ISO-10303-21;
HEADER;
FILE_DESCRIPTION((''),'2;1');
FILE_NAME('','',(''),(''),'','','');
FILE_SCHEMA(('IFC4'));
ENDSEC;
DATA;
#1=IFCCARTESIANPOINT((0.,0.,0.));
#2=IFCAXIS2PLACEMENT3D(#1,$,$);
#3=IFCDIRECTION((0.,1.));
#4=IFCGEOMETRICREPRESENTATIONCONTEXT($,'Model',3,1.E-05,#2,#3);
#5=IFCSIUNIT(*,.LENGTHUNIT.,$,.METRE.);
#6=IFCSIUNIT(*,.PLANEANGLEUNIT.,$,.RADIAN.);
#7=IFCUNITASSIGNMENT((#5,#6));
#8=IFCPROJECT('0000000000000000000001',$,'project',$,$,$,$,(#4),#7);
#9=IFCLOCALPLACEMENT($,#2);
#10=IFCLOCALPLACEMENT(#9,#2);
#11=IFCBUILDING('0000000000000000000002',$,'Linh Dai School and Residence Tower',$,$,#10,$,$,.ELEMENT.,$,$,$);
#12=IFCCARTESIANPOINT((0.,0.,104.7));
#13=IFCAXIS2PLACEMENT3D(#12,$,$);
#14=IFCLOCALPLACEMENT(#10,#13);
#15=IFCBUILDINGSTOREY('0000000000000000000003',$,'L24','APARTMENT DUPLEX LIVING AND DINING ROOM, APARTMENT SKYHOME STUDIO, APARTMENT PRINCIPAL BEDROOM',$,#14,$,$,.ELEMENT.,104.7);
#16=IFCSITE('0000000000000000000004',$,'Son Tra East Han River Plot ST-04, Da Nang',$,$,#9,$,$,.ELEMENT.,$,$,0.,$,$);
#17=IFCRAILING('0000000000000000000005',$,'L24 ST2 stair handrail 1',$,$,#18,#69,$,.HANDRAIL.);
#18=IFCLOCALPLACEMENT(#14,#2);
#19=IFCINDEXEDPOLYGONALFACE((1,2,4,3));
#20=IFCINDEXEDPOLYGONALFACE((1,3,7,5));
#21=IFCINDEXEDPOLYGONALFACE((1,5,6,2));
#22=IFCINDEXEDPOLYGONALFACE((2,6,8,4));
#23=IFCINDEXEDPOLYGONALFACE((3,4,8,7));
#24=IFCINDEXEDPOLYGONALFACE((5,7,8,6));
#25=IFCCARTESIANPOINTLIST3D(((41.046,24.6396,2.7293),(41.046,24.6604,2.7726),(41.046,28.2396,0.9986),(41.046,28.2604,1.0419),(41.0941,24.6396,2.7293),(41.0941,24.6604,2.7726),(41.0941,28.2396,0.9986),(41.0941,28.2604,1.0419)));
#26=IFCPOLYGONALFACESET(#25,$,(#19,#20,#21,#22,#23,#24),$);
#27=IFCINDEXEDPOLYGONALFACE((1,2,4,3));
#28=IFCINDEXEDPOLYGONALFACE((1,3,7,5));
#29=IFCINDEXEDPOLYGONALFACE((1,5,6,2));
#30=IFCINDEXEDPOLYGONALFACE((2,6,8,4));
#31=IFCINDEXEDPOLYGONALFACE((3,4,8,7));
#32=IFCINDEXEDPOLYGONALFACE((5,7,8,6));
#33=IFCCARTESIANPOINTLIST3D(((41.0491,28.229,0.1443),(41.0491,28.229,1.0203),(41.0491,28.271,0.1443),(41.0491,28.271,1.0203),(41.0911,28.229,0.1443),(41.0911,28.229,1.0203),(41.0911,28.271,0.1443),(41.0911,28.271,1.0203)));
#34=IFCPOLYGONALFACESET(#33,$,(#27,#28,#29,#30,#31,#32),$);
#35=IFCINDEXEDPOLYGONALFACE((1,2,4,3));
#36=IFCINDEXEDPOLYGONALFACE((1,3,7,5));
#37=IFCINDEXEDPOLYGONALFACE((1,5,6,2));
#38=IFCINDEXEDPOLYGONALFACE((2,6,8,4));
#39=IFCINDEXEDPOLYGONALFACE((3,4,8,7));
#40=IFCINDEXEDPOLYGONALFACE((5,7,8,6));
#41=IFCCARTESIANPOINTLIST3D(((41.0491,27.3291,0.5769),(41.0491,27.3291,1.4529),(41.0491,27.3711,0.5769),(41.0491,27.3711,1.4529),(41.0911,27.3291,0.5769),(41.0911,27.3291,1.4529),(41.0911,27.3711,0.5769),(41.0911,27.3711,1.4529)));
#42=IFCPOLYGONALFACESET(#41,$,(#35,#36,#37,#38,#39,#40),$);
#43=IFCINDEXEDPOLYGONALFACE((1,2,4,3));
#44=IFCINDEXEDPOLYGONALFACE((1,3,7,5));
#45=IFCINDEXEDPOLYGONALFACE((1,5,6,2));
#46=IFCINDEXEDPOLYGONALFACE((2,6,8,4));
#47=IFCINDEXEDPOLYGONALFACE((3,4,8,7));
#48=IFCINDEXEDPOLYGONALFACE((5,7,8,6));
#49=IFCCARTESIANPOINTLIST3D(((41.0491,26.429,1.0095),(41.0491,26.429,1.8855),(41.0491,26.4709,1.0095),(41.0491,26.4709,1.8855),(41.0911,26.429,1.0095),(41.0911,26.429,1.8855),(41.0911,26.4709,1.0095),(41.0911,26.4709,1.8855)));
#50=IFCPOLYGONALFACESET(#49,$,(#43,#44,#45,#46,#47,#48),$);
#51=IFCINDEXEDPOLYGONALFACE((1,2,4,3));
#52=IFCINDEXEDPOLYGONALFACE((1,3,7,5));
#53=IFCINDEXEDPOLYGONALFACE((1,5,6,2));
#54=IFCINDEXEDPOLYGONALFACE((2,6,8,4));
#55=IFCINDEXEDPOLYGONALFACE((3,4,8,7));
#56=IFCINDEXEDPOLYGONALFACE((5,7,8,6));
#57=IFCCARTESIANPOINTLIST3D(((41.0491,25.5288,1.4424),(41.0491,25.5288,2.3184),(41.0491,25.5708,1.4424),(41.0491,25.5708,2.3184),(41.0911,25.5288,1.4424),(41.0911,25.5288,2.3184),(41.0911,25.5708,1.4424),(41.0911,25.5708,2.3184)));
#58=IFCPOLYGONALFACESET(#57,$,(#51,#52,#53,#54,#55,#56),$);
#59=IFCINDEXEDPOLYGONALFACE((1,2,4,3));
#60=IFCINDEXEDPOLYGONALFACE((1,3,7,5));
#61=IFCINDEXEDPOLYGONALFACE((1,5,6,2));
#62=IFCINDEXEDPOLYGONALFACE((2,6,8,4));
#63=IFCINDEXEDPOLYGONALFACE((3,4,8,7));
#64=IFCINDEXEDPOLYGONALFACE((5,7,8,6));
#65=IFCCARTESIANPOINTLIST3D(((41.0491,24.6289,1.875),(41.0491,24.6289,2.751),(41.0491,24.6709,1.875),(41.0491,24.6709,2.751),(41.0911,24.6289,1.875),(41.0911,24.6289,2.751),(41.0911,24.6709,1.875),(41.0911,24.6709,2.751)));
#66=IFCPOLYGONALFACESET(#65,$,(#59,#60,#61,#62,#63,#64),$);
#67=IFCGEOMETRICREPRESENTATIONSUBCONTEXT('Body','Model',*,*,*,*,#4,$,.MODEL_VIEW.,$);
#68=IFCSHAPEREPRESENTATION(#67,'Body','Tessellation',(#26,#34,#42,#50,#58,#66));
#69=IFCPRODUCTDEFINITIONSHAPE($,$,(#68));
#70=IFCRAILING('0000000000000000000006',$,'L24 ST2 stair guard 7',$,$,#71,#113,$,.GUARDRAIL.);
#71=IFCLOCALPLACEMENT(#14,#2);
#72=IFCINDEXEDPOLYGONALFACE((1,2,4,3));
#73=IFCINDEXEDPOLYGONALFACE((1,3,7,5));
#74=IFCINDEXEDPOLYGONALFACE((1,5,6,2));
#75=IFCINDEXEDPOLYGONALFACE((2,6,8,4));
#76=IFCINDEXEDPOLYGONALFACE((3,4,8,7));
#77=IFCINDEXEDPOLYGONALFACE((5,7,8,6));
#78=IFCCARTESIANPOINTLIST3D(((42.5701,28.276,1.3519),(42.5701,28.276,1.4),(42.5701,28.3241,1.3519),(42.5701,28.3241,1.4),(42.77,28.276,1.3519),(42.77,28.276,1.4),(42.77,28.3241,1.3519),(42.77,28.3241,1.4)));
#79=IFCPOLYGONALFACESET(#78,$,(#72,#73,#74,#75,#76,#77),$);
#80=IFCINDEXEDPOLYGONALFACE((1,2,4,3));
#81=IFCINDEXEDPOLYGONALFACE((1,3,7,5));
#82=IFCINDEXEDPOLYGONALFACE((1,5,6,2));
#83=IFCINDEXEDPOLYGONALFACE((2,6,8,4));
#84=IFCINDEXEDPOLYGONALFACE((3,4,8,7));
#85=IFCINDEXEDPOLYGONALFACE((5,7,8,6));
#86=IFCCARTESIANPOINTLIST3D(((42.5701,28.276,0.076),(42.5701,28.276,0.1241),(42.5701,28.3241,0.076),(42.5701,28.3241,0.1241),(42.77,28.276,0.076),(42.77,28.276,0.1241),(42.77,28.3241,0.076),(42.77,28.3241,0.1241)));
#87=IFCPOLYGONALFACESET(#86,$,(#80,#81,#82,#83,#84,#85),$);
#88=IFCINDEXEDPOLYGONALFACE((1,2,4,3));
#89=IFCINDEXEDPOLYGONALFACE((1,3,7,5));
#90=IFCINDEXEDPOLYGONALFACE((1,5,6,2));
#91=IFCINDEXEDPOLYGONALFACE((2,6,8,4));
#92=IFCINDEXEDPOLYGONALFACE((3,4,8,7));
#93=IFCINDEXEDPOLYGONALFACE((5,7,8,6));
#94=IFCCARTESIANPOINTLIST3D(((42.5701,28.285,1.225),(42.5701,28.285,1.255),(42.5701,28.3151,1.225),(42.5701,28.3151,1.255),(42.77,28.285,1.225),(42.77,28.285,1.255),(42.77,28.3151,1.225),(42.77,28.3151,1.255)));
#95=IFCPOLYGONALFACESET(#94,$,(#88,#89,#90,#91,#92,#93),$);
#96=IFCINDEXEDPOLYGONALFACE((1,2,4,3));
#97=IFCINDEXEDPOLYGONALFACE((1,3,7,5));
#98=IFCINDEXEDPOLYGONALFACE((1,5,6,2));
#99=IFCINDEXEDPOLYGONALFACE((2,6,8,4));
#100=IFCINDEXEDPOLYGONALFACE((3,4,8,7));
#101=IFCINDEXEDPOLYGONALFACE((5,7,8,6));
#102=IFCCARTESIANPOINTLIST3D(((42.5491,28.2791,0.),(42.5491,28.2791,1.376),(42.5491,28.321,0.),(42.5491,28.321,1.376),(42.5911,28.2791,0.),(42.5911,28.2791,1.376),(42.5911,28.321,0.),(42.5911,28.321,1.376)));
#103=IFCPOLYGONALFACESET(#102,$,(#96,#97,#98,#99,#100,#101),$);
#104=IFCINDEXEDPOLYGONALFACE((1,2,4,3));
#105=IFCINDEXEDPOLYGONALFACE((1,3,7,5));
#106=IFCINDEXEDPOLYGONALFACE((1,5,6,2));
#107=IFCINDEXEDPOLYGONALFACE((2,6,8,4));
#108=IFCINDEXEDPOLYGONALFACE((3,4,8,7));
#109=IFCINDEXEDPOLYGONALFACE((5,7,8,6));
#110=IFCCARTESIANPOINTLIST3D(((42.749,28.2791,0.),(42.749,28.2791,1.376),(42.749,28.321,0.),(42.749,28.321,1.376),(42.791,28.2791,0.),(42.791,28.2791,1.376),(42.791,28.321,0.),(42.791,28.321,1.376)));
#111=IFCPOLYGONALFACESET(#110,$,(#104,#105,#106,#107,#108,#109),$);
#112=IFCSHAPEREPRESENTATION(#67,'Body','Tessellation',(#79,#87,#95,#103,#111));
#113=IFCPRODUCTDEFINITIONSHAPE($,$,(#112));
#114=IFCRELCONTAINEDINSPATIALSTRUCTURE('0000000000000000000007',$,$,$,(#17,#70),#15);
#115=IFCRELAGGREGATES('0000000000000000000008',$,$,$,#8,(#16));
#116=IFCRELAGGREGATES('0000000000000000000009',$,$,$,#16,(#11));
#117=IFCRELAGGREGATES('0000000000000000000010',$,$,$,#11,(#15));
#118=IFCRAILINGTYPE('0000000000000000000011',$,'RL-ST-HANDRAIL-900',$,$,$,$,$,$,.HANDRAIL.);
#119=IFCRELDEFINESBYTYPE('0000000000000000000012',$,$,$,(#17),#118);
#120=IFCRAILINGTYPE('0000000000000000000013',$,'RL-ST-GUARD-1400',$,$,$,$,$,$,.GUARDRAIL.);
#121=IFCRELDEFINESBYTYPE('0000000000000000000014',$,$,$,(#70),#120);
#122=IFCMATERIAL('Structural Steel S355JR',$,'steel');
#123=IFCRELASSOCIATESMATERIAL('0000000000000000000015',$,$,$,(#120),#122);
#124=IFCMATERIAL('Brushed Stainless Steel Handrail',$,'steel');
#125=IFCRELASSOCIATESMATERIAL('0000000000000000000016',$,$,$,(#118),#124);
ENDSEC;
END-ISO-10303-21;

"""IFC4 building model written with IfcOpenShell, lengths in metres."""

from ifc_helpers import new_model, si_unit, direction, frame, origin, origin_2d, place, context, subcontext, project, spatial, rectangle, extrude, source, transform, mapped, material, type_object, element, save


model = new_model("IFC4")

# Units and contexts
model_context = context("Model", 3, precision=1e-05, world=origin(), true_north=direction((0.0, 1.0)))
body_context = subcontext(model_context, "Body", "Model", "MODEL_VIEW")
ifc_project = project(units=[si_unit("LENGTHUNIT", "METRE"), si_unit("PLANEANGLEUNIT", "RADIAN")], contexts=[model_context])

# Site, building, storey
site_placement = place(None, origin())
site = spatial("IfcSite", under=ifc_project, at=site_placement, Name="Son Tra East Han River Plot ST-04, Da Nang", CompositionType="ELEMENT", RefElevation=0.0)
building_placement = place(site_placement, origin())
building = spatial("IfcBuilding", under=site, at=building_placement, Name="Linh Dai School and Residence Tower", CompositionType="ELEMENT")
storey_placement = place(building_placement, frame((0.0, 0.0, 104.7)))
storey = spatial("IfcBuildingStorey", under=building, at=storey_placement, Name="L24", Description="APARTMENT DUPLEX LIVING AND DINING ROOM, APARTMENT SKYHOME STUDIO, APARTMENT PRINCIPAL BEDROOM", CompositionType="ELEMENT", Elevation=104.7)

# Shared definitions
ifc_material_1 = material(Name="Structural Steel S355JR", Category="steel")

# Railings
railing_type_1 = type_object("IfcRailingType", Name="RL-ST-GUARD-1400", PredefinedType="GUARDRAIL", material=ifc_material_1)
ifc_material_2 = material(Name="Brushed Stainless Steel Handrail", Category="steel")
railing_type_2 = type_object("IfcRailingType", Name="RL-ST-HANDRAIL-900", PredefinedType="HANDRAIL", material=ifc_material_2)
shared_shape_1 = source(origin(), body_context, "Body", "SweptSolid", [
    extrude(rectangle(XDim=0.0481, YDim=0.0481, at=origin_2d()), frame((0.0, 0.0, 0.876), z_axis=(0.0, -0.901263, 0.433273), x_axis=(1.0, 0.0, 0.0)), (0.0, 0.0, 1.0), 3.9944),
    extrude(rectangle(XDim=0.042, YDim=0.042, at=origin_2d()), origin(), (0.0, 0.0, 1.0), 0.876),
    extrude(rectangle(XDim=0.042, YDim=0.042, at=origin_2d()), frame((0.0, -0.8999, 0.4326)), (0.0, 0.0, 1.0), 0.876),
    extrude(rectangle(XDim=0.042, YDim=0.042, at=origin_2d()), frame((0.0, -1.8, 0.8652)), (0.0, 0.0, 1.0), 0.876),
    extrude(rectangle(XDim=0.042, YDim=0.042, at=origin_2d()), frame((0.0, -2.7002, 1.2981)), (0.0, 0.0, 1.0), 0.876),
    extrude(rectangle(XDim=0.042, YDim=0.042, at=origin_2d()), frame((0.0, -3.6001, 1.7307)), (0.0, 0.0, 1.0), 0.876),
])
railing_1_placement = place(storey_placement, frame((41.0701, 28.25, 0.1443)))
element("IfcRailing", 1, at=railing_1_placement, inside=storey, type_object=railing_type_2, Name="L24 ST2 stair handrail 1", PredefinedType="HANDRAIL", context=body_context, shape_type="MappedRepresentation", body=[
    mapped(shared_shape_1, transform((0.0, 0.0, 0.0), x_axis=(1.0, 0.0, 0.0), y_axis=(0.0, 1.0, 0.0), z_axis=(0.0, 0.0, 1.0), scale=1.0)),
])
shared_shape_2 = source(origin(), body_context, "Body", "SweptSolid", [
    extrude(rectangle(XDim=0.0481, YDim=0.0481, at=origin_2d()), frame((0.0, 0.0, 1.376), z_axis=(1.0, 0.0, 0.0), x_axis=(0.0, 1.0, 0.0)), (0.0, 0.0, 1.0), 0.2),
    extrude(rectangle(XDim=0.0481, YDim=0.0481, at=origin_2d()), frame((0.0, 0.0, 0.1001), z_axis=(1.0, 0.0, 0.0), x_axis=(0.0, 1.0, 0.0)), (0.0, 0.0, 1.0), 0.2),
    extrude(rectangle(XDim=0.03, YDim=0.03, at=origin_2d()), frame((0.0, 0.0, 1.24), z_axis=(1.0, 0.0, 0.0), x_axis=(0.0, 1.0, 0.0)), (0.0, 0.0, 1.0), 0.2),
    extrude(rectangle(XDim=0.042, YDim=0.042, at=origin_2d()), origin(), (0.0, 0.0, 1.0), 1.376),
    extrude(rectangle(XDim=0.042, YDim=0.042, at=origin_2d()), frame((0.2, 0.0, 0.0)), (0.0, 0.0, 1.0), 1.376),
])
railing_2_placement = place(storey_placement, frame((42.5701, 28.3, 0.0)))
element("IfcRailing", 2, at=railing_2_placement, inside=storey, type_object=railing_type_1, Name="L24 ST2 stair guard 7", PredefinedType="GUARDRAIL", context=body_context, shape_type="MappedRepresentation", body=[
    mapped(shared_shape_2, transform((0.0, 0.0, 0.0), x_axis=(1.0, 0.0, 0.0), y_axis=(0.0, 1.0, 0.0), z_axis=(0.0, 0.0, 1.0), scale=1.0)),
])

save(model, "model.ifc")
